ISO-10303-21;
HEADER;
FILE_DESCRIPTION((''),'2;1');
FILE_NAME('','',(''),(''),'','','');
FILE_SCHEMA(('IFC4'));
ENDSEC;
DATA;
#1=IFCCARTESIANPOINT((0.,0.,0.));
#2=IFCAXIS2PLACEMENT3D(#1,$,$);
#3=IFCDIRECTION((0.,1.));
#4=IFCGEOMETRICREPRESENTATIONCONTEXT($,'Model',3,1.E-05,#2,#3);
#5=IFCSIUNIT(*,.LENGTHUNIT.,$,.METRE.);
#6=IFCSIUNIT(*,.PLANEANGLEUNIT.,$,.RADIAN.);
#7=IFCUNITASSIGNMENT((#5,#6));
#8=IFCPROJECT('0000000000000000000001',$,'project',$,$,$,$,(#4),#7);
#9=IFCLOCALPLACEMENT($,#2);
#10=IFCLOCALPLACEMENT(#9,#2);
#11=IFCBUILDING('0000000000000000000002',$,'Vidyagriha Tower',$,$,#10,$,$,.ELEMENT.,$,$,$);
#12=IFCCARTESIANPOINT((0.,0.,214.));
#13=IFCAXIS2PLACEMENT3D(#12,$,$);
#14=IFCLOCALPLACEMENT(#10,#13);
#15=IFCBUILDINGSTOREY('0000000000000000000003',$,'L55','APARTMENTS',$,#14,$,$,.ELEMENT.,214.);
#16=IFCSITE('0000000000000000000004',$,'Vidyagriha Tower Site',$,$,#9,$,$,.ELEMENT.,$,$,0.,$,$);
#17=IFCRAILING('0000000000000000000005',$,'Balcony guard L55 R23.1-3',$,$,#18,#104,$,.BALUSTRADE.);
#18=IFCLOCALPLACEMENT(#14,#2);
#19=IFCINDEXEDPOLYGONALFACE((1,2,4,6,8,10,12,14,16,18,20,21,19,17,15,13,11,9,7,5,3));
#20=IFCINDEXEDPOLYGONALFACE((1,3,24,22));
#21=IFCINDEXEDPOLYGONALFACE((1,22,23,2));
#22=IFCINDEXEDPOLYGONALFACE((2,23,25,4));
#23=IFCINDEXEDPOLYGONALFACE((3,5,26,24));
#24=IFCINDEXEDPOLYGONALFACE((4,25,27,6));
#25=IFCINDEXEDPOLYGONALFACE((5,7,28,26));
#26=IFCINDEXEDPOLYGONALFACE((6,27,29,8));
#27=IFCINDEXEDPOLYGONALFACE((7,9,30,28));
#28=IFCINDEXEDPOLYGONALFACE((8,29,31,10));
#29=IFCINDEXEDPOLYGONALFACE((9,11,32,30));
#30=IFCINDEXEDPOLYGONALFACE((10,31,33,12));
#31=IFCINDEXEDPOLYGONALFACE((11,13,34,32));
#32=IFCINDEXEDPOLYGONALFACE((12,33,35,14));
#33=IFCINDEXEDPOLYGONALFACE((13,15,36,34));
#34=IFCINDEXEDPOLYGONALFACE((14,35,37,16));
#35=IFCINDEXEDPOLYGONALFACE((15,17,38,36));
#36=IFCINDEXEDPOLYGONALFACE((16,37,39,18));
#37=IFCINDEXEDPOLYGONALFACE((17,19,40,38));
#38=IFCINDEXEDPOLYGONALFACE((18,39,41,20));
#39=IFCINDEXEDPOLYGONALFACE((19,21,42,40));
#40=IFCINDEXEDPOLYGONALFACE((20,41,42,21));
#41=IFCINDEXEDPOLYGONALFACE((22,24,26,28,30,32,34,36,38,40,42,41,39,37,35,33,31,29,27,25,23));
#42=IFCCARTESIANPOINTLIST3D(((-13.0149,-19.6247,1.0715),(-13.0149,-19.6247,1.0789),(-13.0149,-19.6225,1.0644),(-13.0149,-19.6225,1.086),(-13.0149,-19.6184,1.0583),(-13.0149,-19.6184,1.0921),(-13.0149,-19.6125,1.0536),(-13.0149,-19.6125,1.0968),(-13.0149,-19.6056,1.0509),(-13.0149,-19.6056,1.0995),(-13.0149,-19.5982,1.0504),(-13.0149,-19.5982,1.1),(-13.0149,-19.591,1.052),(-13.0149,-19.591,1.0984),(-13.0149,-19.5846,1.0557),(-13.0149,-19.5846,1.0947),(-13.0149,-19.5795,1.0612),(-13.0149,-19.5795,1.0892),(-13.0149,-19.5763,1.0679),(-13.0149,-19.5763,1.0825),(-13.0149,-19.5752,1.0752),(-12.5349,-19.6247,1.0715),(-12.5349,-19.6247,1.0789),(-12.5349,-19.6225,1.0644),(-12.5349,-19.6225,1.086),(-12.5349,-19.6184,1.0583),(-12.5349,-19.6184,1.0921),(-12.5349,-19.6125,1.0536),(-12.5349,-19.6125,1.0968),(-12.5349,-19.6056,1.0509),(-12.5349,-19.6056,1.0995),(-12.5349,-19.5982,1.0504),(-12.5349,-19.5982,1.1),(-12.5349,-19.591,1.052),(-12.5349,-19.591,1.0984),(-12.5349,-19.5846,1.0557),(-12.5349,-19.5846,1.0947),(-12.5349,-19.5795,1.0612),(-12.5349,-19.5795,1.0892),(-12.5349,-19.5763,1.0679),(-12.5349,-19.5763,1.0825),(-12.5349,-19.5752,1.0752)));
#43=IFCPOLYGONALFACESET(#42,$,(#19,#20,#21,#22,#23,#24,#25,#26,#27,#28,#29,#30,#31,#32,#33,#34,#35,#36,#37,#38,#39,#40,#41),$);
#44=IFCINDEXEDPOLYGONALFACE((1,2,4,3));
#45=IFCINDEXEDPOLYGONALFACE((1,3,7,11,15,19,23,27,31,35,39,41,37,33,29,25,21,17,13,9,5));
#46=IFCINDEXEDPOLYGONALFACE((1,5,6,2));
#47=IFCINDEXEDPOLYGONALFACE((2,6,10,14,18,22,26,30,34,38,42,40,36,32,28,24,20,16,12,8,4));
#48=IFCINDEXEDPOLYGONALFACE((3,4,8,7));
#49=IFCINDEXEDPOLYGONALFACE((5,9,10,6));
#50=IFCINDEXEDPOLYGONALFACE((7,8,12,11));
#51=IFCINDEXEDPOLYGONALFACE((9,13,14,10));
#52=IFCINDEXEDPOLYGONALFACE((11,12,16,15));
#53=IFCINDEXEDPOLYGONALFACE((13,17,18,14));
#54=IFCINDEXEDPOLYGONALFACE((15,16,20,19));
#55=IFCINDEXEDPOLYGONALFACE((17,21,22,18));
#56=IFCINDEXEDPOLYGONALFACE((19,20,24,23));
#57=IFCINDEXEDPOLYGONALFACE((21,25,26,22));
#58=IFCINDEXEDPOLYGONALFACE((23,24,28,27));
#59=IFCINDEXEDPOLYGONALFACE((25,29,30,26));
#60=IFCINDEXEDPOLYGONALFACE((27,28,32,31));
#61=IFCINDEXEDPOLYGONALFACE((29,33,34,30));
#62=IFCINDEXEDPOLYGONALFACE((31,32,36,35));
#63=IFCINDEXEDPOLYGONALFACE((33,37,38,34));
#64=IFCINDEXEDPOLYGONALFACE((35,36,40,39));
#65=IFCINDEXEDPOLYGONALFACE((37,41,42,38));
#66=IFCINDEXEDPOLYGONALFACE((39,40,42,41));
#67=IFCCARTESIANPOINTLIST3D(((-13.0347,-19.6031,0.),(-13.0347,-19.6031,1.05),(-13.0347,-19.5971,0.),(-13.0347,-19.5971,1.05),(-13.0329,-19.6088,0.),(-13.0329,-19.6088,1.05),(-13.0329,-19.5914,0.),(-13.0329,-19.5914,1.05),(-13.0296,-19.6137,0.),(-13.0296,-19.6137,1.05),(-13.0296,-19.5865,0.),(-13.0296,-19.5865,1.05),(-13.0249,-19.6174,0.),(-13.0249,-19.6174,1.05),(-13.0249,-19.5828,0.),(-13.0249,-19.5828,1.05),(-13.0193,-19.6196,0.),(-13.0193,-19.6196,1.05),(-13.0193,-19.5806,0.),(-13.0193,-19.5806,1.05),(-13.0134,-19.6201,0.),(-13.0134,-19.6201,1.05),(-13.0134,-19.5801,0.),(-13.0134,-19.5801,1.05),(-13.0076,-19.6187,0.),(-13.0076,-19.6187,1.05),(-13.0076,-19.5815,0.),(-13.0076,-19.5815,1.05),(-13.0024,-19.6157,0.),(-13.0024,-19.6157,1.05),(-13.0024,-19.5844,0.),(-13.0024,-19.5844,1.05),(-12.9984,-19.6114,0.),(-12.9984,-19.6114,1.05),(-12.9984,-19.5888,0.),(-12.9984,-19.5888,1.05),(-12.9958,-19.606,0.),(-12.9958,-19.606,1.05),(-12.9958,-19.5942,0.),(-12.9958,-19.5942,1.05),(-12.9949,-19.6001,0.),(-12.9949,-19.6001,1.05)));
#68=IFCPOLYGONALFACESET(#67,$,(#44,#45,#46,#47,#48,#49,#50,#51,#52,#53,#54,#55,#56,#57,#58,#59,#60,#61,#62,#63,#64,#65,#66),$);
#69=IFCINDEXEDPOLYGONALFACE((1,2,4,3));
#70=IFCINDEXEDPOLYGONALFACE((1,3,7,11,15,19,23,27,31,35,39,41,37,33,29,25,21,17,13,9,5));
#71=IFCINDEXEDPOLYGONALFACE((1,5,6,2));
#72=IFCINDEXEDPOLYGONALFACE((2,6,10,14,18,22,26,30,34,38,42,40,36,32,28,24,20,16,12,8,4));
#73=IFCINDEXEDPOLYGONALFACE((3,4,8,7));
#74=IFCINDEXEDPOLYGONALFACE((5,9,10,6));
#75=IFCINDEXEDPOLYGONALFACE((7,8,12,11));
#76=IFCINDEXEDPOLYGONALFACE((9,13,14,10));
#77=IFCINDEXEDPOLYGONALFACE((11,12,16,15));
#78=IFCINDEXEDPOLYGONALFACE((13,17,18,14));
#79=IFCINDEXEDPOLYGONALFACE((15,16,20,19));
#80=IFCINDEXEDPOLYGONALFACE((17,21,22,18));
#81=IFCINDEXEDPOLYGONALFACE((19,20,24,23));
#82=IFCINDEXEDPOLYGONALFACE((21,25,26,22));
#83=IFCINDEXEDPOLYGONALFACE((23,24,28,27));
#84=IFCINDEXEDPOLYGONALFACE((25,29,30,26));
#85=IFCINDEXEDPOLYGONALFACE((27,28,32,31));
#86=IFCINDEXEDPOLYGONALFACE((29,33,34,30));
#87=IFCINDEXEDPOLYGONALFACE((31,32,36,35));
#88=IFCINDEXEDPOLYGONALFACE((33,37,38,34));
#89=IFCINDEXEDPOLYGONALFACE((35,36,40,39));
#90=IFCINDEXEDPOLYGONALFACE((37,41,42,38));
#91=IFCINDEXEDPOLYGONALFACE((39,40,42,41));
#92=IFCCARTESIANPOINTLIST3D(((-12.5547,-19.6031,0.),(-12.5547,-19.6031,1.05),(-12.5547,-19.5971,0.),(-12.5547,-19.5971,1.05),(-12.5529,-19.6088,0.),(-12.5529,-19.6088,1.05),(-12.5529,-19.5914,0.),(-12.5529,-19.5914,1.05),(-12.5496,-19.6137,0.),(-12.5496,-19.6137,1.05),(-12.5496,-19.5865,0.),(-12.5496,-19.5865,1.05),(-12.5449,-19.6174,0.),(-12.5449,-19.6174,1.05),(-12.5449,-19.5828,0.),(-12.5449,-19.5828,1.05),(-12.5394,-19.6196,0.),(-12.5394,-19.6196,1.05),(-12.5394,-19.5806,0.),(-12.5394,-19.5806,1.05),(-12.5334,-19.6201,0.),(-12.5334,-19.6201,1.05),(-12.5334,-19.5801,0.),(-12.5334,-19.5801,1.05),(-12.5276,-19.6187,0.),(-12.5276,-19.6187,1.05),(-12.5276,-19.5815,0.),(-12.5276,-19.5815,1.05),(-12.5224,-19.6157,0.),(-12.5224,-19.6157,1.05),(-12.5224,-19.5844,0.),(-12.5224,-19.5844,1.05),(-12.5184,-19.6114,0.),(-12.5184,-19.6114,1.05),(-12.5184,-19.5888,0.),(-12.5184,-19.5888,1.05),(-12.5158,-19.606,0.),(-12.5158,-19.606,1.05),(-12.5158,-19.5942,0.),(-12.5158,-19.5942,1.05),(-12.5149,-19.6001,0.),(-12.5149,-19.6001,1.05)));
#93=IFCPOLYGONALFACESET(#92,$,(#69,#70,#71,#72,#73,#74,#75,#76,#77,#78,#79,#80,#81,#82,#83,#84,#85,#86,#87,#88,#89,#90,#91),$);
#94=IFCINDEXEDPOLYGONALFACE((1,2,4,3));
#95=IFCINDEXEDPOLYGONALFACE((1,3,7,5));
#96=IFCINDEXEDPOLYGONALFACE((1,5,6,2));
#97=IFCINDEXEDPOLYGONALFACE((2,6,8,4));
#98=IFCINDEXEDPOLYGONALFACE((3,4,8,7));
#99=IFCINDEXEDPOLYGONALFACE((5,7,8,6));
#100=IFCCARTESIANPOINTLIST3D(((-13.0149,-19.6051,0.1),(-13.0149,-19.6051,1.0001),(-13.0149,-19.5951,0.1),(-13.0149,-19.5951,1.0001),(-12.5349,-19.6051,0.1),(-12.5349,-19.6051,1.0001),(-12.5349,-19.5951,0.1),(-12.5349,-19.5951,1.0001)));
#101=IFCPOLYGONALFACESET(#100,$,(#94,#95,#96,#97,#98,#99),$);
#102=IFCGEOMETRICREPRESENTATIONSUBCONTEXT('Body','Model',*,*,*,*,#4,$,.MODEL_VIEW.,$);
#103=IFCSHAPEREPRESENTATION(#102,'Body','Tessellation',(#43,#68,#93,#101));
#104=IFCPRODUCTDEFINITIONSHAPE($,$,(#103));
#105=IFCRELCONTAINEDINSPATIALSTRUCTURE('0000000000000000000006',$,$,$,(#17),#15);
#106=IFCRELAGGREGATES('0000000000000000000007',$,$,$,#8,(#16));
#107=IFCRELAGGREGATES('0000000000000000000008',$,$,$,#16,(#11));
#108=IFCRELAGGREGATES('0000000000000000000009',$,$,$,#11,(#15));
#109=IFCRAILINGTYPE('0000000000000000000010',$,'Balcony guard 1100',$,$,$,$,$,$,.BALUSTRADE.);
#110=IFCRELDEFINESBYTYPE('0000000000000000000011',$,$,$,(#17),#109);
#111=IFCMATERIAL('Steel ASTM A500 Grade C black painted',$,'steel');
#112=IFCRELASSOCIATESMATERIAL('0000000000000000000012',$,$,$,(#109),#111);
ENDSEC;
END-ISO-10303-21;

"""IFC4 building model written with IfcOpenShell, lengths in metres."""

from ifc_helpers import new_model, si_unit, direction, frame, origin, origin_2d, place, context, subcontext, project, spatial, rectangle, circle, extrude, material, type_object, element, save


model = new_model("IFC4")

# Units and contexts
model_context = context("Model", 3, precision=1e-05, world=origin(), true_north=direction((0.0, 1.0)))
body_context = subcontext(model_context, "Body", "Model", "MODEL_VIEW")
ifc_project = project(units=[si_unit("LENGTHUNIT", "METRE"), si_unit("PLANEANGLEUNIT", "RADIAN")], contexts=[model_context])

# Site, building, storey
site_placement = place(None, origin())
site = spatial("IfcSite", under=ifc_project, at=site_placement, Name="Vidyagriha Tower Site", CompositionType="ELEMENT", RefElevation=0.0)
building_placement = place(site_placement, origin())
building = spatial("IfcBuilding", under=site, at=building_placement, Name="Vidyagriha Tower", CompositionType="ELEMENT")
storey_placement = place(building_placement, frame((0.0, 0.0, 214.0)))
storey = spatial("IfcBuildingStorey", under=building, at=storey_placement, Name="L55", Description="APARTMENTS", CompositionType="ELEMENT", Elevation=214.0)

# Railing
ifc_material_1 = material(Name="Steel ASTM A500 Grade C black painted", Category="steel")
railing_type = type_object("IfcRailingType", Name="Balcony guard 1100", PredefinedType="BALUSTRADE", material=ifc_material_1)
railing_1_placement = place(storey_placement, frame((-13.0149, -19.6001, 0.0)))
element("IfcRailing", 1, at=railing_1_placement, inside=storey, type_object=railing_type, Name="Balcony guard L55 R23.1-3", PredefinedType="BALUSTRADE", context=body_context, shape_type="SweptSolid", body=[
    extrude(circle(Radius=0.0249, at=origin_2d()), frame((0.0, 0.0, 1.0752), z_axis=(1.0, 0.0, 0.0), x_axis=(0.0, 1.0, 0.0)), (0.0, 0.0, 1.0), 0.48),
    extrude(circle(Radius=0.02, at=origin_2d()), origin(), (0.0, 0.0, 1.0), 1.05),
    extrude(circle(Radius=0.02, at=origin_2d()), frame((0.48, 0.0, 0.0)), (0.0, 0.0, 1.0), 1.05),
    extrude(rectangle(XDim=0.01, YDim=0.9001, at=origin_2d()), frame((0.0, 0.0, 0.55), z_axis=(1.0, 0.0, 0.0), x_axis=(0.0, 1.0, 0.0)), (0.0, 0.0, 1.0), 0.48),
])

save(model, "model.ifc")
